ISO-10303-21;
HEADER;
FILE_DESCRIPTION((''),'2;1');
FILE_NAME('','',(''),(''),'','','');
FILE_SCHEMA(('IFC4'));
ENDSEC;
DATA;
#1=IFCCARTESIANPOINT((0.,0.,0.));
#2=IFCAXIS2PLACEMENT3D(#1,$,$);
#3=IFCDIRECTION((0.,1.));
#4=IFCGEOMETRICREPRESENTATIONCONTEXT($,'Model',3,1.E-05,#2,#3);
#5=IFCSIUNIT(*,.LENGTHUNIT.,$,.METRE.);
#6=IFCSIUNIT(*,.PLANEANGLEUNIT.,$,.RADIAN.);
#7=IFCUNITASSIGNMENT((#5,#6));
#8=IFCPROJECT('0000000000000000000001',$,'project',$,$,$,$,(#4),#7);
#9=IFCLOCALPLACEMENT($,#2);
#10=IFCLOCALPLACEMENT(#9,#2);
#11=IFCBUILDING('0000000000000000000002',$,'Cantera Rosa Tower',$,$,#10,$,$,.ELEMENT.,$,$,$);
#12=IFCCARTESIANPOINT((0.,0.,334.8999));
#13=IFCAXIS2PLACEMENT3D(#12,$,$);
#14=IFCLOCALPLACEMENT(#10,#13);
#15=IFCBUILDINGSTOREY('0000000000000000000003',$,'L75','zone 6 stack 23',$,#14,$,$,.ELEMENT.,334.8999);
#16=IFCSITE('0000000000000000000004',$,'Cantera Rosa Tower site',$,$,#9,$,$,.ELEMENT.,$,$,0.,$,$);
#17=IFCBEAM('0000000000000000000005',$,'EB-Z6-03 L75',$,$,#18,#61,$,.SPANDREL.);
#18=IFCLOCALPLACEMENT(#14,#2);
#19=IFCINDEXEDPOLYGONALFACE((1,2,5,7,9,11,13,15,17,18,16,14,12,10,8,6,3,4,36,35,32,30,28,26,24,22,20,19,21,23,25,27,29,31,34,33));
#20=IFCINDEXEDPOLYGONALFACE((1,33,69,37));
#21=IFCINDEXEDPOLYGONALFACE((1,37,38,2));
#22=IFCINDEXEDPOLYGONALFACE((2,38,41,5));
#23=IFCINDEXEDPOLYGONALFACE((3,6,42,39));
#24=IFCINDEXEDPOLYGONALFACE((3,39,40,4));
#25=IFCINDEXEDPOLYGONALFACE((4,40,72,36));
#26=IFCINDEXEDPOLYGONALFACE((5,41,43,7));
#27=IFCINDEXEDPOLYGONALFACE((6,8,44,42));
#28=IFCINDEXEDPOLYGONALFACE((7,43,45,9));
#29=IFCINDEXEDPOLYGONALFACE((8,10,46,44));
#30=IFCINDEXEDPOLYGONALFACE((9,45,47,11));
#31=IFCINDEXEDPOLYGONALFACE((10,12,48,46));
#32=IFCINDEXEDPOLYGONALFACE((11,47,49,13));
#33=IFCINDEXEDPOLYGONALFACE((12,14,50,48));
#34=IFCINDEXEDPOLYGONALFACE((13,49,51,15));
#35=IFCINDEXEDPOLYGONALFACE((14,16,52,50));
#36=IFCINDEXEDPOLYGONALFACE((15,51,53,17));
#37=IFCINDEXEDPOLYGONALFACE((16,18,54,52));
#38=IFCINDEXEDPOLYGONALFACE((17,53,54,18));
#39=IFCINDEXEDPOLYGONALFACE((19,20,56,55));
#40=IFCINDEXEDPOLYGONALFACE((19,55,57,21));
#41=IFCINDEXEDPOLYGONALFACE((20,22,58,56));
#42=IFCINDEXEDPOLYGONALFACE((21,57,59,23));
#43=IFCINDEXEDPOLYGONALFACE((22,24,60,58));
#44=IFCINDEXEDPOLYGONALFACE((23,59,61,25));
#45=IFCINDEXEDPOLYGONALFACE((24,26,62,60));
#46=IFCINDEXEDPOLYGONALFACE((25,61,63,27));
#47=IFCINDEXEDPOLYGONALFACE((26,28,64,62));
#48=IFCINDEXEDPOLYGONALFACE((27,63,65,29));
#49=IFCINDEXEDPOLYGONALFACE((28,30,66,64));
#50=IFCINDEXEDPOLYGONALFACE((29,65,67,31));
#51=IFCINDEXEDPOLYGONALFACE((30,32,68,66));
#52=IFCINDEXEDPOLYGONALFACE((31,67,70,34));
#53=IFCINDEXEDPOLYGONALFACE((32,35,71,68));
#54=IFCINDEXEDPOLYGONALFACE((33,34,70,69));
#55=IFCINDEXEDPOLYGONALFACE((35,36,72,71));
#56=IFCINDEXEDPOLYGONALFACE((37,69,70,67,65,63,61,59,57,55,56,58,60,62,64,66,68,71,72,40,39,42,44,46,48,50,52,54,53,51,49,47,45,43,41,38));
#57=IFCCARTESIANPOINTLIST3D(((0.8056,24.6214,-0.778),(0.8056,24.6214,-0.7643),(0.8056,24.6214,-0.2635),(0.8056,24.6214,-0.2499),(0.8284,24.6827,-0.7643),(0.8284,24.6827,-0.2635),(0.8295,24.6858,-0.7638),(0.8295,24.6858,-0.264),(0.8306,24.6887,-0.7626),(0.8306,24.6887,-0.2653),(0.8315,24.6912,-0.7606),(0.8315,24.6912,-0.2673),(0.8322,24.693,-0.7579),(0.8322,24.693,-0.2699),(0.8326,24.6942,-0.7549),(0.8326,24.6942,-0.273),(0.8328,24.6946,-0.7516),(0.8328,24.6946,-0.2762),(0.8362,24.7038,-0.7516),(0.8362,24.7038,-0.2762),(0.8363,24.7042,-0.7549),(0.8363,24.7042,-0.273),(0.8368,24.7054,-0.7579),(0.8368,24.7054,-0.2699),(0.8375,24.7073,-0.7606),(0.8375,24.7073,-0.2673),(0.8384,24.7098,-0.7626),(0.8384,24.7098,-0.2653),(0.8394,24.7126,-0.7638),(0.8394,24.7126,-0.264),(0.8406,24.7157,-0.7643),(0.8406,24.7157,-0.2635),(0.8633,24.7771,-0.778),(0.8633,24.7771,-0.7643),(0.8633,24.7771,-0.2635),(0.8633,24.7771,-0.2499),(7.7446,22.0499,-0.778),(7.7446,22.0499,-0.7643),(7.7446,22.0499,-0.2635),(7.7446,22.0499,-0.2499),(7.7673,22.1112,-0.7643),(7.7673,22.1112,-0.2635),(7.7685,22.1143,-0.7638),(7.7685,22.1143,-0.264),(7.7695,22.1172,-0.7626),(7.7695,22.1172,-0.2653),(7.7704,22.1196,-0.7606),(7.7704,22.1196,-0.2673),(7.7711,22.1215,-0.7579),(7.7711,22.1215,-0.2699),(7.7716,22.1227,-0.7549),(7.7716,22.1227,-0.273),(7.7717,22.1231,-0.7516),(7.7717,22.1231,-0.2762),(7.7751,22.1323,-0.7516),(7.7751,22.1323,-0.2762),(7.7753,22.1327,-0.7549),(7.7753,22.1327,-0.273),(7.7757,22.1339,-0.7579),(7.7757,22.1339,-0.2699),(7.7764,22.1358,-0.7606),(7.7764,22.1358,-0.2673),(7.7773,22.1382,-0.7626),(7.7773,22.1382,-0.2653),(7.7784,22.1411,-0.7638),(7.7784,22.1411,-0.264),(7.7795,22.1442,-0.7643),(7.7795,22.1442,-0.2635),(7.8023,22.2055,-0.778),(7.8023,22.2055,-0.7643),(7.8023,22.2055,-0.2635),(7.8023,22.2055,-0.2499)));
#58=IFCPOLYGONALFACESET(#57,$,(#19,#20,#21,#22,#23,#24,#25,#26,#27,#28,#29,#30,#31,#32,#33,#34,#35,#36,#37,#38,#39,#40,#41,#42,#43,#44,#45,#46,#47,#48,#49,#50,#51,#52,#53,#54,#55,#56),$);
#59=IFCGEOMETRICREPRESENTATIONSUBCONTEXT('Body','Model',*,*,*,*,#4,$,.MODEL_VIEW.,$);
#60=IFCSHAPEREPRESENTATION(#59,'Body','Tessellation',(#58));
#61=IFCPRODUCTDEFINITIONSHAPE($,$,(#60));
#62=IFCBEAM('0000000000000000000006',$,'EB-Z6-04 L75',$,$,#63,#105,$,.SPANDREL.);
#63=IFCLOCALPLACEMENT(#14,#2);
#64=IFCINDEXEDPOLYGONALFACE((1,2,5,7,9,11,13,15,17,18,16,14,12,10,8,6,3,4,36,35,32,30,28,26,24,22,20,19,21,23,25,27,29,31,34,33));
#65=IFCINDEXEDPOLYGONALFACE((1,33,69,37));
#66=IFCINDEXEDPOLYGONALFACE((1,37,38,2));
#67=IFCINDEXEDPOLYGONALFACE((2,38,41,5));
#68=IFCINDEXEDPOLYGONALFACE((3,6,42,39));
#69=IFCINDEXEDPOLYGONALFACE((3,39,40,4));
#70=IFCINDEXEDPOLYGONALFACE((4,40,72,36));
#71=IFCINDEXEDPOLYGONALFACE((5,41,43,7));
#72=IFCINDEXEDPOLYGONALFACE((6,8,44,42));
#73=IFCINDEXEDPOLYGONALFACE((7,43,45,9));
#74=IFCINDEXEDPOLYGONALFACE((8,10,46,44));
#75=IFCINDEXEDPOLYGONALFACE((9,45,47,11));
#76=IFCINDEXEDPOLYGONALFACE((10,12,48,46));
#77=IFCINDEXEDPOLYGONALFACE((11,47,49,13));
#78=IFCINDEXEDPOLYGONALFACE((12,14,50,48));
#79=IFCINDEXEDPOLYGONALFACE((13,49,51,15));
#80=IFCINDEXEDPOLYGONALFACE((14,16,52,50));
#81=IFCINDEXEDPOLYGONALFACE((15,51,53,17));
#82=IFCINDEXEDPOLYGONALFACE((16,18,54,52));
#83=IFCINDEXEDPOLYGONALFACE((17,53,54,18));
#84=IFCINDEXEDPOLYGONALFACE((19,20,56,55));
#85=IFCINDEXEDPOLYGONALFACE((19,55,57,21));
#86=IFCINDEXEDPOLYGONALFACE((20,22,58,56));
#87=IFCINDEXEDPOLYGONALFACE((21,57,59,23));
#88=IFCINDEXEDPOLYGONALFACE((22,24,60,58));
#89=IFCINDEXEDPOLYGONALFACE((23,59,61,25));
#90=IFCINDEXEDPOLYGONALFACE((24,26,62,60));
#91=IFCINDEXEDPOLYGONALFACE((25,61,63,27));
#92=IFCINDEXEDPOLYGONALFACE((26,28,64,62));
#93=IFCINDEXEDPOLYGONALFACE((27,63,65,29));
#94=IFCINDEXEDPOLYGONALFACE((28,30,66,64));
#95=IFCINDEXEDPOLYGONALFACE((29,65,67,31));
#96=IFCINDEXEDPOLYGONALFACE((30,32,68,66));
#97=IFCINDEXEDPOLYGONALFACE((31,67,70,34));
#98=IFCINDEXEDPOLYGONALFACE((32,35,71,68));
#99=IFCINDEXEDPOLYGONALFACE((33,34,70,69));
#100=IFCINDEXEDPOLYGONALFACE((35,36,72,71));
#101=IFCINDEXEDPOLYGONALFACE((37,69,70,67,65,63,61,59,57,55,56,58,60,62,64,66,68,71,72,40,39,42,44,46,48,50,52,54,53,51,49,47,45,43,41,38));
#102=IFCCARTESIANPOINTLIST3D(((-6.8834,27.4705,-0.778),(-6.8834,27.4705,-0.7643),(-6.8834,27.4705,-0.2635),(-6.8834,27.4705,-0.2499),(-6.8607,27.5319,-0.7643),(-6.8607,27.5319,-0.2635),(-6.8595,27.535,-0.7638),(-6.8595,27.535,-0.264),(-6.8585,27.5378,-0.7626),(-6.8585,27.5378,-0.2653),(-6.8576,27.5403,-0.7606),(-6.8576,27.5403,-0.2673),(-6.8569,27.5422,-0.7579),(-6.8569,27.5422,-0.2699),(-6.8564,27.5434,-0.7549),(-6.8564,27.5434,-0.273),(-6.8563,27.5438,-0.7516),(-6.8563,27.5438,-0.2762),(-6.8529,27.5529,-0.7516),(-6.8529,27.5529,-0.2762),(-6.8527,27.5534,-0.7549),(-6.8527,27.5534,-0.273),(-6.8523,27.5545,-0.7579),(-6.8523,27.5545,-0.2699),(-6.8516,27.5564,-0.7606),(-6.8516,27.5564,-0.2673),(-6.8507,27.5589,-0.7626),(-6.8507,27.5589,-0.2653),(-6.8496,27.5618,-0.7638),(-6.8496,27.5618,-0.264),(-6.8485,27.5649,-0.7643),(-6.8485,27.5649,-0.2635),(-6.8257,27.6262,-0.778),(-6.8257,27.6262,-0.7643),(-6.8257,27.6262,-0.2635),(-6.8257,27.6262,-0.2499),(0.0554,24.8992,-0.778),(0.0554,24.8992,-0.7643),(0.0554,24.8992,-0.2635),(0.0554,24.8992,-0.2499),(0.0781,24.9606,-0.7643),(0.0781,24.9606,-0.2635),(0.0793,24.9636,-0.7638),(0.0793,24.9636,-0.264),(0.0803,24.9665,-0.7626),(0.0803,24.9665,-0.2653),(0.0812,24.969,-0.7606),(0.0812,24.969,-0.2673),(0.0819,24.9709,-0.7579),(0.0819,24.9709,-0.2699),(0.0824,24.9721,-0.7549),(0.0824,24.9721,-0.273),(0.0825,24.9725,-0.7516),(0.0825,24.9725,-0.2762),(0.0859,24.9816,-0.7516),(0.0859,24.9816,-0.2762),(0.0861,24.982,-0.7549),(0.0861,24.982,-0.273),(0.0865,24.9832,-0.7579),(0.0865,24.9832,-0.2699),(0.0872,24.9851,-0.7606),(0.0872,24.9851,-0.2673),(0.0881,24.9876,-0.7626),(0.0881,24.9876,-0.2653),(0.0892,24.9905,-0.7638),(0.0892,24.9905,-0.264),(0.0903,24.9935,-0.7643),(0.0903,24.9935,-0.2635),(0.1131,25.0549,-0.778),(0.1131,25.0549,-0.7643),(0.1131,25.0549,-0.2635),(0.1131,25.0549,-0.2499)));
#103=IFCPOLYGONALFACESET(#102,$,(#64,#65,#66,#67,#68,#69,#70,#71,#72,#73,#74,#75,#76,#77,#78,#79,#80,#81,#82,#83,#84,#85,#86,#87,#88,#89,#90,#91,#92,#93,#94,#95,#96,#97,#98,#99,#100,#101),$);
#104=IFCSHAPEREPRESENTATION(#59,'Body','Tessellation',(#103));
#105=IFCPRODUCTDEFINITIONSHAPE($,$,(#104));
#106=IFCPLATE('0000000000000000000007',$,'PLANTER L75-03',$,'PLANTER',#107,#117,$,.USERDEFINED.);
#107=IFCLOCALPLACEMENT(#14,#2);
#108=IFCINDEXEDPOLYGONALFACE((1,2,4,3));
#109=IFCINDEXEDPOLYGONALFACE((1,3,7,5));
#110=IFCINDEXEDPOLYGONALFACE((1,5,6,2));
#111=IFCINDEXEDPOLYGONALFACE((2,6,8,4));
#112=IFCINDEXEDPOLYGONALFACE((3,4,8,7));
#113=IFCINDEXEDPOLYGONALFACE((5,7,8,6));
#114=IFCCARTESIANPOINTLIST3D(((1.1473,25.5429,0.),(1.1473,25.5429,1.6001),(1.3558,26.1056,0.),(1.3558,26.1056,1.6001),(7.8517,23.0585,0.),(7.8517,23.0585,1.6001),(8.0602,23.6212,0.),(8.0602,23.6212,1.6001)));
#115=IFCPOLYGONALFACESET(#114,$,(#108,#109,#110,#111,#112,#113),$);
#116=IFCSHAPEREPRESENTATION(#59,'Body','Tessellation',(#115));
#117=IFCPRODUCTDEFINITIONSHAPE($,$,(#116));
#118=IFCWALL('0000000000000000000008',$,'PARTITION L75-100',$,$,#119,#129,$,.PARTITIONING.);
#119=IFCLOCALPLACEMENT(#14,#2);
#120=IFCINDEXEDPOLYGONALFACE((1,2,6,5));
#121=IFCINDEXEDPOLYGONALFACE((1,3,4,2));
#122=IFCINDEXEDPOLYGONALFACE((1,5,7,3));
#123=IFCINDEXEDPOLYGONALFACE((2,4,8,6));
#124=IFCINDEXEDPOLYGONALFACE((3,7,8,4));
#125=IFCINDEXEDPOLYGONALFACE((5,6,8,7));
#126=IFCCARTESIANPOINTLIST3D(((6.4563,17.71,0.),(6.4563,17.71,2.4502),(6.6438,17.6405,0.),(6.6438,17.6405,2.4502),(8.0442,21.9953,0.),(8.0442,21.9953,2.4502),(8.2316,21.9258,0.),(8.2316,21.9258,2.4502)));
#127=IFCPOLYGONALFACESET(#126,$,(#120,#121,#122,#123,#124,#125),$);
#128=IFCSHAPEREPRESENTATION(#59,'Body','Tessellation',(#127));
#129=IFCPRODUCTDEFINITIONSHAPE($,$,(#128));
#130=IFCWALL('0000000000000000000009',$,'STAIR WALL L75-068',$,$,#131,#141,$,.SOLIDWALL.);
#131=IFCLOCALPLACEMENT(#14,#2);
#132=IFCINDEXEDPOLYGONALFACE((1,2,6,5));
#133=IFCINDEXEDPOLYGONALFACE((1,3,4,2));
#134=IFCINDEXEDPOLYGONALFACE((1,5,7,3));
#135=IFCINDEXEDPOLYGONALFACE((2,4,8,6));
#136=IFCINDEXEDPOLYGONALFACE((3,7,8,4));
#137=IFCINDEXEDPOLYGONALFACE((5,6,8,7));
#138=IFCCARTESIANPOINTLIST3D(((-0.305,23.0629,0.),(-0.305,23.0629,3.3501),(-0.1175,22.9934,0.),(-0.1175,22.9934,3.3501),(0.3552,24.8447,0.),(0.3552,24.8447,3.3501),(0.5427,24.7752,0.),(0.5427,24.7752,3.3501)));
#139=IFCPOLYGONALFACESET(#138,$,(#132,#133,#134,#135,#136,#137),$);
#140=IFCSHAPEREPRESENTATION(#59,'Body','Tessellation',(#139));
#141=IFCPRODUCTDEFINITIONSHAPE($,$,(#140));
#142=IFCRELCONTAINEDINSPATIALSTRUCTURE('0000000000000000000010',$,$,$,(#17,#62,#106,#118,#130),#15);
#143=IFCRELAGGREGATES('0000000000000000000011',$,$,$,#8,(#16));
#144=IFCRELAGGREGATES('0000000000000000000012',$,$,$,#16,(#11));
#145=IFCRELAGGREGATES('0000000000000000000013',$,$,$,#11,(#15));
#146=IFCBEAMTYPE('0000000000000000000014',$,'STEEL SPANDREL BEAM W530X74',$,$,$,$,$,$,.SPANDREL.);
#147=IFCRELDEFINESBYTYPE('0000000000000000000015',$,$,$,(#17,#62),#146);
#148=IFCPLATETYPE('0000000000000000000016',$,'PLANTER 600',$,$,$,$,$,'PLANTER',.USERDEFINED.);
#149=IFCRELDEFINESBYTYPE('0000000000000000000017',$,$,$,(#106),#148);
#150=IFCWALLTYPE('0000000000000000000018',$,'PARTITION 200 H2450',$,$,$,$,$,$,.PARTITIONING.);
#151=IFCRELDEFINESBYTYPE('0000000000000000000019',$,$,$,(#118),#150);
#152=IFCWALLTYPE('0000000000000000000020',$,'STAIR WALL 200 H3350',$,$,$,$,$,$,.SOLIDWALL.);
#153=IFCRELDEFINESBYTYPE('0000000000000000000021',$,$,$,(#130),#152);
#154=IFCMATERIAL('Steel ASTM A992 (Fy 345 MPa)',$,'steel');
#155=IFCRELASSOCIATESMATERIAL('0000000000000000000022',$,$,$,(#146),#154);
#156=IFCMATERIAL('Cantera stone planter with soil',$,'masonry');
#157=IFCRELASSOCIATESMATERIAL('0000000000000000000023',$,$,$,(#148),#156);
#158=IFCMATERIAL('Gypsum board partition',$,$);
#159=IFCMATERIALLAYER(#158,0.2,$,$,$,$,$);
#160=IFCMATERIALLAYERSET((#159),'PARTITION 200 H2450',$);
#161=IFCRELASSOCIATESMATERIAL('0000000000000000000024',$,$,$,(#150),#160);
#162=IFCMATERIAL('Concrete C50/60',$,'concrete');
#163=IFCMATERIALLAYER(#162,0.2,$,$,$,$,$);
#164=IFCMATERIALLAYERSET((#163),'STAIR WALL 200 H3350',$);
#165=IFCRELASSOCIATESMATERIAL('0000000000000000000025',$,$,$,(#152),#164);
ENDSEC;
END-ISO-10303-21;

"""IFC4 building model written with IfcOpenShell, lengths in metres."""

from ifc_helpers import new_model, si_unit, direction, frame, frame_2d, origin, origin_2d, place, context, subcontext, project, spatial, rectangle, i_section, extrude, material, layer, layer_set, material_profile, profile_set, type_object, element, save


model = new_model("IFC4")

# Units and contexts
model_context = context("Model", 3, precision=1e-05, world=origin(), true_north=direction((0.0, 1.0)))
body_context = subcontext(model_context, "Body", "Model", "MODEL_VIEW")
ifc_project = project(units=[si_unit("LENGTHUNIT", "METRE"), si_unit("PLANEANGLEUNIT", "RADIAN")], contexts=[model_context])

# Site, building, storey
site_placement = place(None, origin())
site = spatial("IfcSite", under=ifc_project, at=site_placement, Name="Cantera Rosa Tower site", CompositionType="ELEMENT", RefElevation=0.0)
building_placement = place(site_placement, origin())
building = spatial("IfcBuilding", under=site, at=building_placement, Name="Cantera Rosa Tower", CompositionType="ELEMENT")
storey_placement = place(building_placement, frame((0.0, 0.0, 334.8999)))
storey = spatial("IfcBuildingStorey", under=building, at=storey_placement, Name="L75", Description="zone 6 stack 23", CompositionType="ELEMENT", Elevation=334.8999)

# Beams
ifc_material_1 = material(Name="Steel ASTM A992 (Fy 345 MPa)", Category="steel")
ifc_material_profile_1 = material_profile(ifc_material_1, i_section(OverallWidth=0.166, OverallDepth=0.5281, WebThickness=0.0098, FlangeThickness=0.0137, FilletRadius=0.0127, at=origin_2d()), Name="W530X74")
ifc_profile_set_1 = profile_set([ifc_material_profile_1], Name="Steel ASTM A992 (Fy 345 MPa)")
beam_type_1 = type_object("IfcBeamType", Name="STEEL SPANDREL BEAM W530X74", PredefinedType="SPANDREL", material=ifc_profile_set_1)
beam_1_placement = place(storey_placement, frame((7.7734, 22.1277, -0.5139), z_axis=(-0.937681, 0.347498, 0.0), x_axis=(-0.347498, -0.937681, 0.0)))
element("IfcBeam", 1, at=beam_1_placement, inside=storey, type_object=beam_type_1, Name="EB-Z6-03 L75", PredefinedType="SPANDREL", context=body_context, shape_type="SweptSolid", body=[
    extrude(i_section(OverallWidth=0.166, OverallDepth=0.5281, WebThickness=0.0098, FlangeThickness=0.0137, FilletRadius=0.0127, at=origin_2d()), origin(), (0.0, 0.0, 1.0), 7.4001),
])
beam_2_placement = place(storey_placement, frame((0.0842, 24.9771, -0.5139), z_axis=(-0.937687, 0.34748, 0.0), x_axis=(-0.34748, -0.937687, 0.0)))
element("IfcBeam", 2, at=beam_2_placement, inside=storey, type_object=beam_type_1, Name="EB-Z6-04 L75", PredefinedType="SPANDREL", context=body_context, shape_type="SweptSolid", body=[
    extrude(i_section(OverallWidth=0.166, OverallDepth=0.5281, WebThickness=0.0098, FlangeThickness=0.0137, FilletRadius=0.0127, at=origin_2d()), origin(), (0.0, 0.0, 1.0), 7.3999),
])

# Plate
ifc_material_2 = material(Name="Cantera stone planter with soil", Category="masonry")
plate_type = type_object("IfcPlateType", Name="PLANTER 600", ElementType="PLANTER", PredefinedType="USERDEFINED", material=ifc_material_2)
plate_placement = place(storey_placement, frame((4.6038, 24.582, 0.0), z_axis=(0.0, 0.0, 1.0), x_axis=(-0.937687, 0.347481, 0.0)))
element("IfcPlate", 3, at=plate_placement, inside=storey, type_object=plate_type, Name="PLANTER L75-03", ObjectType="PLANTER", PredefinedType="USERDEFINED", context=body_context, shape_type="SweptSolid", body=[
    extrude(rectangle(XDim=7.1499, YDim=0.6001, at=origin_2d()), origin(), (0.0, 0.0, 1.0), 1.6001),
])

# Walls
ifc_material_3 = material(Name="Gypsum board partition")
ifc_layer_1 = layer(ifc_material_3, 0.2)
ifc_layer_set_1 = layer_set([ifc_layer_1], Name="PARTITION 200 H2450")
wall_type_1 = type_object("IfcWallType", Name="PARTITION 200 H2450", PredefinedType="PARTITIONING", material=ifc_layer_set_1)
wall_1_placement = place(storey_placement, frame((8.1379, 21.9607, 0.0), z_axis=(0.0, 0.0, 1.0), x_axis=(-0.34745, -0.937698, 0.0)))
element("IfcWall", 4, at=wall_1_placement, inside=storey, type_object=wall_type_1, Name="PARTITION L75-100", PredefinedType="PARTITIONING", context=body_context, shape_type="SweptSolid", body=[
    extrude(rectangle(XDim=4.5701, YDim=0.2, at=frame_2d((2.2852, 0.0))), origin(), (0.0, 0.0, 1.0), 2.4502),
])
ifc_material_4 = material(Name="Concrete C50/60", Category="concrete")
ifc_layer_2 = layer(ifc_material_4, 0.2)
ifc_layer_set_2 = layer_set([ifc_layer_2], Name="STAIR WALL 200 H3350")
wall_type_2 = type_object("IfcWallType", Name="STAIR WALL 200 H3350", PredefinedType="SOLIDWALL", material=ifc_layer_set_2)
wall_2_placement = place(storey_placement, frame((0.449, 24.8101, 0.0), z_axis=(0.0, 0.0, 1.0), x_axis=(-0.347432, -0.937705, 0.0)))
element("IfcWall", 5, at=wall_2_placement, inside=storey, type_object=wall_type_2, Name="STAIR WALL L75-068", PredefinedType="SOLIDWALL", context=body_context, shape_type="SweptSolid", body=[
    extrude(rectangle(XDim=1.9001, YDim=0.2, at=frame_2d((0.9502, 0.0))), origin(), (0.0, 0.0, 1.0), 3.3501),
])

save(model, "model.ifc")
